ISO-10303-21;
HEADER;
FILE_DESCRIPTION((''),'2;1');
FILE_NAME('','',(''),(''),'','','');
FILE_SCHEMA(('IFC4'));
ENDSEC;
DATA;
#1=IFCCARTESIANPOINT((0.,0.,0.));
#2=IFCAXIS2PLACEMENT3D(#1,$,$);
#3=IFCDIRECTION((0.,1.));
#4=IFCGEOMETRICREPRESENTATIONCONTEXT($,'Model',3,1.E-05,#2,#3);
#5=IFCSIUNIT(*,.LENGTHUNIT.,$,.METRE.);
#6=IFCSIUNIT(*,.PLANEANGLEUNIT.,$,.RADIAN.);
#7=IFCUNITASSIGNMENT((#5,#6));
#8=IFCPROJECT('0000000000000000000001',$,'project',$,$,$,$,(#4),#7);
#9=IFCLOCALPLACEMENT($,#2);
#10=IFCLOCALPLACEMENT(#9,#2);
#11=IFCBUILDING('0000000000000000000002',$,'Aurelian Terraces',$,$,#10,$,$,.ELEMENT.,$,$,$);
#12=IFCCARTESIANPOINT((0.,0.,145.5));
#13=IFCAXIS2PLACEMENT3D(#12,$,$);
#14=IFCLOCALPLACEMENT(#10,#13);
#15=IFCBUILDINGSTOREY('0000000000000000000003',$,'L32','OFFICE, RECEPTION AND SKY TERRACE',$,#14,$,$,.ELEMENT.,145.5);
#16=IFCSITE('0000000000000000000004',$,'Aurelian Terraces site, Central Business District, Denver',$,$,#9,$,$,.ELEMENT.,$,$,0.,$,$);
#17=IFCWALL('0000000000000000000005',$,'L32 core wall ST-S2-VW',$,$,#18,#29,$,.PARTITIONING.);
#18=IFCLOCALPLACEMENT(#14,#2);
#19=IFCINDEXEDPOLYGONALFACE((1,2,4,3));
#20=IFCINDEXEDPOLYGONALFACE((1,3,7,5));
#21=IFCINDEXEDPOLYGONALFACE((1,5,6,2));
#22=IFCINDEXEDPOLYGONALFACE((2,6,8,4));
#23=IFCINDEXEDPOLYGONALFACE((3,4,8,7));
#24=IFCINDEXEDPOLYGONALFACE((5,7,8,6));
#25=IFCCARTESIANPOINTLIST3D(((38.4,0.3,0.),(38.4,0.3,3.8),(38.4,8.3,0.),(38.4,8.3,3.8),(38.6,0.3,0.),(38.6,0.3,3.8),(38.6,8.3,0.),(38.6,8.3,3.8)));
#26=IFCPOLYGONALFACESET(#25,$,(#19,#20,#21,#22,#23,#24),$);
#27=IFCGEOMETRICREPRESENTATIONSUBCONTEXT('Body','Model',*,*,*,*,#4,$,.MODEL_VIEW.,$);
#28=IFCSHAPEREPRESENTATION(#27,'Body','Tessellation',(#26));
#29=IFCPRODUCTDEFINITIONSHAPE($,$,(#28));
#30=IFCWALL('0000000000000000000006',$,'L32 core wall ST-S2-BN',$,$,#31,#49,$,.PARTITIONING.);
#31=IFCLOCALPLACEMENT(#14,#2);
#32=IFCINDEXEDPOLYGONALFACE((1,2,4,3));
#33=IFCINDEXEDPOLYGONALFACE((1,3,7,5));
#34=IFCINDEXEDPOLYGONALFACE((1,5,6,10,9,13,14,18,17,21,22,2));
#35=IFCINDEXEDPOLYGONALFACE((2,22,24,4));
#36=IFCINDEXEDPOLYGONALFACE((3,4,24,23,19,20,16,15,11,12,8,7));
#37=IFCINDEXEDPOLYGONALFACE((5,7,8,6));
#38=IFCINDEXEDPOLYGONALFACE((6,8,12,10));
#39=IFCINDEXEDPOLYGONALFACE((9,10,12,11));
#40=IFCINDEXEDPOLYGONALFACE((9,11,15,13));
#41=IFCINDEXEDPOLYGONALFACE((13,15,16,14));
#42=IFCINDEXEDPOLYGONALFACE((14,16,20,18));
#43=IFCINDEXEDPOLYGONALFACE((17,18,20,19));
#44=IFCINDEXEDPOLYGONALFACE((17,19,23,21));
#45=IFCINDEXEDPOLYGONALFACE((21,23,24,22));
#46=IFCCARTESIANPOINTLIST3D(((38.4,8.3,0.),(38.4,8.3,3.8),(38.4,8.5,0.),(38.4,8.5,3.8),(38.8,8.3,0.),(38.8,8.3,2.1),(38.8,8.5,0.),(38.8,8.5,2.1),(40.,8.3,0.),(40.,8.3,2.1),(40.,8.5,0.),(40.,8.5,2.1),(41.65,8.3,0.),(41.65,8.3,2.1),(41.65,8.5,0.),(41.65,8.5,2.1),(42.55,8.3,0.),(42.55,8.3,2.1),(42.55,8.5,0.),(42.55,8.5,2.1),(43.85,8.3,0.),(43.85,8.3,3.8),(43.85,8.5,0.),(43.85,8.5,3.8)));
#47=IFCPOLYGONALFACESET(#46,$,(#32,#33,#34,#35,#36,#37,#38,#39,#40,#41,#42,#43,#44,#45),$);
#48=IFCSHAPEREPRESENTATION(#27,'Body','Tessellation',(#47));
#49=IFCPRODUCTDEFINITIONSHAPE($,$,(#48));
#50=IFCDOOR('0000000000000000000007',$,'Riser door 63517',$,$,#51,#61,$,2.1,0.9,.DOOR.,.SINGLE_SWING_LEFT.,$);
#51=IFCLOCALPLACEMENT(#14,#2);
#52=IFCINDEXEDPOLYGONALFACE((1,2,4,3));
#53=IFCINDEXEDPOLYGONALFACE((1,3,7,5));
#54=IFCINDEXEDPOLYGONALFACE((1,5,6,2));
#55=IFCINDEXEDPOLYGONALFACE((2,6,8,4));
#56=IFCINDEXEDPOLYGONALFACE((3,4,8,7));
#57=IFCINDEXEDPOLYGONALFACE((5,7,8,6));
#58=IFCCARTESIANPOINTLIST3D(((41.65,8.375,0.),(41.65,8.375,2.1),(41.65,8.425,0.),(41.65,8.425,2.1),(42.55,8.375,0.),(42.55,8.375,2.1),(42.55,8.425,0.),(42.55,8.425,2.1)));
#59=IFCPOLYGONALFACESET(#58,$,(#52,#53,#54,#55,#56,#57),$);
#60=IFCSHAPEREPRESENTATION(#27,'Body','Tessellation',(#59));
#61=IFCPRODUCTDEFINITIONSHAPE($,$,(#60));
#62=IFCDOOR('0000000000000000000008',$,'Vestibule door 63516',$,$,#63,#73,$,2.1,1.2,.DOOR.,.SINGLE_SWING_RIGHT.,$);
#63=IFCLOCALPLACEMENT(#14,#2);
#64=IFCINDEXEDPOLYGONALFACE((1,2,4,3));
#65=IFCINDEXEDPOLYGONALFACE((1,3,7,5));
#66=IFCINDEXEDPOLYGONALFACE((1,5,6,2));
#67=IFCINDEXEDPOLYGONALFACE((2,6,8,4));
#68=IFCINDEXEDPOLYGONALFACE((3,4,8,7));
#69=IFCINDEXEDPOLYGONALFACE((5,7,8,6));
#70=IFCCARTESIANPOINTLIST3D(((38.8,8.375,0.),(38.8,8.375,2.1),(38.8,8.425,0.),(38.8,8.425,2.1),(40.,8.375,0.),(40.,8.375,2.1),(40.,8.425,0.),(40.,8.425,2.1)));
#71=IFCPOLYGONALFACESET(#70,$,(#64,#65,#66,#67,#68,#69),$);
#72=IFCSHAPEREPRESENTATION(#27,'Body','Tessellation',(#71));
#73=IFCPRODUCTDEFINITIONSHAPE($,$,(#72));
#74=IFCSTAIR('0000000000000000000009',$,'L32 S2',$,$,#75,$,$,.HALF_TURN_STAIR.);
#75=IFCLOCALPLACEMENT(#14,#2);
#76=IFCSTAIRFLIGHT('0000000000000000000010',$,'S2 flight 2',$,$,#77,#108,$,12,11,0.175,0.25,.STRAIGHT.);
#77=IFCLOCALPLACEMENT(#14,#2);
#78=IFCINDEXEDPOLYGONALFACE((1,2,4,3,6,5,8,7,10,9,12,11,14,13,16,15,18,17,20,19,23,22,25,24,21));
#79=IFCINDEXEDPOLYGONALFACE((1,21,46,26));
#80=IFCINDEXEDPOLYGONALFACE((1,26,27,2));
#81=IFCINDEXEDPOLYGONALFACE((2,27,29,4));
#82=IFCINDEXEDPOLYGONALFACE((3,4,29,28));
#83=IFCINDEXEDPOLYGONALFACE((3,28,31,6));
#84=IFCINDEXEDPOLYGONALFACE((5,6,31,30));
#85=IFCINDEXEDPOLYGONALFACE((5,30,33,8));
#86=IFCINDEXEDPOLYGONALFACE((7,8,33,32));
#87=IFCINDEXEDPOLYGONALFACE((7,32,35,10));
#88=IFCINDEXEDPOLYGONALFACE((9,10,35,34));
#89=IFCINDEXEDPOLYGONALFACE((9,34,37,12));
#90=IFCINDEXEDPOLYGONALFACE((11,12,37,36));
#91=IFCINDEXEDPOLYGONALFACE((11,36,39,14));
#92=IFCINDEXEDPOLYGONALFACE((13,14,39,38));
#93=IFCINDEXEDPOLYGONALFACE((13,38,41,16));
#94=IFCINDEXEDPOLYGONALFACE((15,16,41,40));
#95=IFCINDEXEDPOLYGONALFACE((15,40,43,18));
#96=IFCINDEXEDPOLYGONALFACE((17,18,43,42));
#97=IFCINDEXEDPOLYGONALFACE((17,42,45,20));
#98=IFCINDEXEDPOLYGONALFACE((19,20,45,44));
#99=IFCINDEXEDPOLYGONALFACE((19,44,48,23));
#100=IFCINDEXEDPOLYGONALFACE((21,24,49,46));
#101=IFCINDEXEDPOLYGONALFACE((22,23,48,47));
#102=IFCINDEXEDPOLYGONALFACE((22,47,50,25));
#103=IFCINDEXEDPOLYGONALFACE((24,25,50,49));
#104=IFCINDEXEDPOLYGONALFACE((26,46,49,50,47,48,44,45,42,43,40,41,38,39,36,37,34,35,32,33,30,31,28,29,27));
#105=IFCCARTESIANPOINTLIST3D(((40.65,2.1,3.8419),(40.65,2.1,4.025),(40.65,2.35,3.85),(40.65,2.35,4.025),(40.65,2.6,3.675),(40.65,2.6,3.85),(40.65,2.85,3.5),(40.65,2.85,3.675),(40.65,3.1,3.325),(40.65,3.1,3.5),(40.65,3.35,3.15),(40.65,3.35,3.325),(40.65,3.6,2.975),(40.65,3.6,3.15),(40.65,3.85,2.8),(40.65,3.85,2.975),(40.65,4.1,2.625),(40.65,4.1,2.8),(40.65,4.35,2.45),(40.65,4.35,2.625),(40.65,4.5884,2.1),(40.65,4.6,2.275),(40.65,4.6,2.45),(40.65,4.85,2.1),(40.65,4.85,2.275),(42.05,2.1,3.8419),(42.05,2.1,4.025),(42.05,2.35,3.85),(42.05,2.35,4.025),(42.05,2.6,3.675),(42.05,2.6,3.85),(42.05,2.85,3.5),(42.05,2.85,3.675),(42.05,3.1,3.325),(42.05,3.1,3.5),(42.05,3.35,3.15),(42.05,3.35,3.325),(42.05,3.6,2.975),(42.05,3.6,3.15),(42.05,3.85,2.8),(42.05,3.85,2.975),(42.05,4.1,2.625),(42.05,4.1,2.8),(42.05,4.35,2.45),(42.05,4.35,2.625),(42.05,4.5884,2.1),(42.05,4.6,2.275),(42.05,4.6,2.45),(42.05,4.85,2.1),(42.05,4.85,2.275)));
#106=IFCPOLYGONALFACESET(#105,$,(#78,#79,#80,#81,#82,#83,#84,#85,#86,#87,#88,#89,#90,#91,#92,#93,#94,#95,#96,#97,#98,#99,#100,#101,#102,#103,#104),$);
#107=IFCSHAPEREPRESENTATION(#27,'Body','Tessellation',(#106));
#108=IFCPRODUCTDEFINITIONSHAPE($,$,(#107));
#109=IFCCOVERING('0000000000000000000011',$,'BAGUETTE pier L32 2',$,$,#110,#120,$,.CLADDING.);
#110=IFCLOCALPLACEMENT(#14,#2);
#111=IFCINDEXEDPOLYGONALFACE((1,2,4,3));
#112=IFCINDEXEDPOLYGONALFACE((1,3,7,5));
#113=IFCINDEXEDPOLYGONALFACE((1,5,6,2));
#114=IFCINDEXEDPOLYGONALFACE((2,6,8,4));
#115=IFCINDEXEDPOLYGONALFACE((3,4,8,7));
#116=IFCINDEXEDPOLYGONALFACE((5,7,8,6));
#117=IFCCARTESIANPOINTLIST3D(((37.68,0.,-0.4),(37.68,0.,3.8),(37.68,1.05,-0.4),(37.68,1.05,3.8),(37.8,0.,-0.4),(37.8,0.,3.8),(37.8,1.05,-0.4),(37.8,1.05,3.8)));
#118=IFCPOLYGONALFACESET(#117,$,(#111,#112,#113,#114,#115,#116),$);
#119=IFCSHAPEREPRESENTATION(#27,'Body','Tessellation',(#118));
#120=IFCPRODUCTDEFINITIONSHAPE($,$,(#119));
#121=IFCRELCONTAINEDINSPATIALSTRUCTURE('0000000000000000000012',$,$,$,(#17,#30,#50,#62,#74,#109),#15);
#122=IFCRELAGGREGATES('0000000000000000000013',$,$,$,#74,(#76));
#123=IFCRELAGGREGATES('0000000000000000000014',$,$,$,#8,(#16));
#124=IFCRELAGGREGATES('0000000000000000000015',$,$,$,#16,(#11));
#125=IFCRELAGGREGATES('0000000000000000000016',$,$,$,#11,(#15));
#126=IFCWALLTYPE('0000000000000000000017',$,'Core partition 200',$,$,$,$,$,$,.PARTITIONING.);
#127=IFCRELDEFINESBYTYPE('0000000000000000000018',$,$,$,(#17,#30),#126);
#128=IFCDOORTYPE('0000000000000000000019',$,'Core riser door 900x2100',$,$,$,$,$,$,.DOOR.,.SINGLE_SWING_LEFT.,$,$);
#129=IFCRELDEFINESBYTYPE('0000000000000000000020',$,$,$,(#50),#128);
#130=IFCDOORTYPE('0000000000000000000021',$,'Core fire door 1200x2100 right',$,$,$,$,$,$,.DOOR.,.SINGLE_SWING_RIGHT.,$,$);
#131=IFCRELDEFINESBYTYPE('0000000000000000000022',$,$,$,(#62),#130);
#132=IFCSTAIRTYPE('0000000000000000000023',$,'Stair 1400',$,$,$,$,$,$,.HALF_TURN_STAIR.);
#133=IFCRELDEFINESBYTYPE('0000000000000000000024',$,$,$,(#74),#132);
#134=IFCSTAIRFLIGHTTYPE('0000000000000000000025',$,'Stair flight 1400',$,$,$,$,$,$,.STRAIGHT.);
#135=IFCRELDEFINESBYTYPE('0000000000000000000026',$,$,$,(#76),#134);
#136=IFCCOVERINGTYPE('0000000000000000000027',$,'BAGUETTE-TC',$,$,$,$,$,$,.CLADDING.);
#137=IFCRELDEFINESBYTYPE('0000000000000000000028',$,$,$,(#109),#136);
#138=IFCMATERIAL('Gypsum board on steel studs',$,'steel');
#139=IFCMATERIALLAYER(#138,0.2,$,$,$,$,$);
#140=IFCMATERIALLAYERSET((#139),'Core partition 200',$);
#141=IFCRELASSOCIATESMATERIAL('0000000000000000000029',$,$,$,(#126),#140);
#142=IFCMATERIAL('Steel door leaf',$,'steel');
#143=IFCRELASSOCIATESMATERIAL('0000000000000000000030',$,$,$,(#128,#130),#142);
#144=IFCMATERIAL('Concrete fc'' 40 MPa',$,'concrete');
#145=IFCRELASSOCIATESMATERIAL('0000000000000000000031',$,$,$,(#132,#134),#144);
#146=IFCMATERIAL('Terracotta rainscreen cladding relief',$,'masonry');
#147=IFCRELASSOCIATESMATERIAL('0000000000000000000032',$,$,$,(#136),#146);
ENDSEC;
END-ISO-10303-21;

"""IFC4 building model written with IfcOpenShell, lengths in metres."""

from ifc_helpers import new_model, si_unit, direction, frame, frame_2d, origin, origin_2d, place, context, subcontext, project, spatial, polyline, rectangle, outline, extrude, source, transform, mapped, material, layer, layer_set, type_object, element, fill, aggregate, save


model = new_model("IFC4")

# Units and contexts
model_context = context("Model", 3, precision=1e-05, world=origin(), true_north=direction((0.0, 1.0)))
body_context = subcontext(model_context, "Body", "Model", "MODEL_VIEW")
ifc_project = project(units=[si_unit("LENGTHUNIT", "METRE"), si_unit("PLANEANGLEUNIT", "RADIAN")], contexts=[model_context])

# Site, building, storey
site_placement = place(None, origin())
site = spatial("IfcSite", under=ifc_project, at=site_placement, Name="Aurelian Terraces site, Central Business District, Denver", CompositionType="ELEMENT", RefElevation=0.0)
building_placement = place(site_placement, origin())
building = spatial("IfcBuilding", under=site, at=building_placement, Name="Aurelian Terraces", CompositionType="ELEMENT")
storey_placement = place(building_placement, frame((0.0, 0.0, 145.5)))
storey = spatial("IfcBuildingStorey", under=building, at=storey_placement, Name="L32", Description="OFFICE, RECEPTION AND SKY TERRACE", CompositionType="ELEMENT", Elevation=145.5)

# Shared definitions
ifc_material_1 = material(Name="Concrete fc' 40 MPa", Category="concrete")

# Shared definitions
ifc_material_2 = material(Name="Steel door leaf", Category="steel")

# Wall
ifc_material_3 = material(Name="Gypsum board on steel studs", Category="steel")
ifc_layer_1 = layer(ifc_material_3, 0.2)
ifc_layer_set_1 = layer_set([ifc_layer_1], Name="Core partition 200")
wall_type_1 = type_object("IfcWallType", Name="Core partition 200", PredefinedType="PARTITIONING", material=ifc_layer_set_1)
shared_shape_1 = source(origin(), body_context, "Body", "SweptSolid", [
    extrude(rectangle(XDim=8.0, YDim=0.2, at=frame_2d((4.0, 0.0))), origin(), (0.0, 0.0, 1.0), 3.8),
])
wall_1_placement = place(storey_placement, frame((38.5, 0.3, 0.0), z_axis=(0.0, 0.0, 1.0), x_axis=(0.0, 1.0, 0.0)))
element("IfcWall", 1, at=wall_1_placement, inside=storey, type_object=wall_type_1, Name="L32 core wall ST-S2-VW", PredefinedType="PARTITIONING", context=body_context, shape_type="MappedRepresentation", body=[
    mapped(shared_shape_1, transform((0.0, 0.0, 0.0), scale=1.0)),
])

# Wall, openings, doors
shared_shape_2 = source(origin(), body_context, "Body", "SweptSolid", [
    extrude(rectangle(XDim=5.45, YDim=0.2, at=frame_2d((2.725, 0.0))), origin(), (0.0, 0.0, 1.0), 3.8),
])
wall_2_placement = place(storey_placement, frame((38.4, 8.4, 0.0), z_axis=(0.0, 0.0, 1.0), x_axis=(1.0, 0.0, 0.0)))
wall_2 = element("IfcWall", 2, at=wall_2_placement, inside=storey, type_object=wall_type_1, Name="L32 core wall ST-S2-BN", PredefinedType="PARTITIONING", context=body_context, shape_type="MappedRepresentation", body=[
    mapped(shared_shape_2, transform((0.0, 0.0, 0.0), scale=1.0)),
])
shared_shape_3 = source(origin(), body_context, "Body", "SweptSolid", [
    extrude(rectangle(XDim=1.2, YDim=2.1, at=frame_2d((0.6, 1.05))), frame((0.0, 0.11, 0.0), z_axis=(0.0, -1.0, 0.0), x_axis=(1.0, 0.0, 0.0)), (0.0, 0.0, 1.0), 0.22),
])
opening_1_placement = place(wall_2_placement, frame((0.4, 0.0, 0.0)))
opening_1 = element("IfcOpeningElement", 3, at=opening_1_placement, cuts=wall_2, PredefinedType="OPENING", context=body_context, shape_type="MappedRepresentation", body=[
    mapped(shared_shape_3, transform((0.0, 0.0, 0.0), scale=1.0)),
])
shared_shape_4 = source(origin(), body_context, "Body", "SweptSolid", [
    extrude(rectangle(XDim=0.9, YDim=2.1, at=frame_2d((0.45, 1.05))), frame((0.0, 0.11, 0.0), z_axis=(0.0, -1.0, 0.0), x_axis=(1.0, 0.0, 0.0)), (0.0, 0.0, 1.0), 0.22),
])
opening_2_placement = place(wall_2_placement, frame((3.25, 0.0, 0.0)))
opening_2 = element("IfcOpeningElement", 4, at=opening_2_placement, cuts=wall_2, PredefinedType="OPENING", context=body_context, shape_type="MappedRepresentation", body=[
    mapped(shared_shape_4, transform((0.0, 0.0, 0.0), scale=1.0)),
])
door_type_1 = type_object("IfcDoorType", Name="Core riser door 900x2100", OperationType="SINGLE_SWING_LEFT", PredefinedType="DOOR", material=ifc_material_2)
shared_shape_5 = source(origin(), body_context, "Body", "SweptSolid", [
    extrude(rectangle(XDim=0.9, YDim=2.1, at=frame_2d((0.45, 1.05))), frame((0.0, 0.025, 0.0), z_axis=(0.0, -1.0, 0.0), x_axis=(1.0, 0.0, 0.0)), (0.0, 0.0, 1.0), 0.05),
])
door_1_placement = place(opening_2_placement, origin())
door_1 = element("IfcDoor", 5, at=door_1_placement, inside=storey, type_object=door_type_1, Name="Riser door 63517", OperationType="SINGLE_SWING_LEFT", OverallHeight=2.1, OverallWidth=0.9, PredefinedType="DOOR", context=body_context, shape_type="MappedRepresentation", body=[
    mapped(shared_shape_5, transform((0.0, 0.0, 0.0), scale=1.0)),
])
fill(opening_2, door_1)
door_type_2 = type_object("IfcDoorType", Name="Core fire door 1200x2100 right", OperationType="SINGLE_SWING_RIGHT", PredefinedType="DOOR", material=ifc_material_2)
shared_shape_6 = source(origin(), body_context, "Body", "SweptSolid", [
    extrude(rectangle(XDim=1.2, YDim=2.1, at=frame_2d((0.6, 1.05))), frame((0.0, 0.025, 0.0), z_axis=(0.0, -1.0, 0.0), x_axis=(1.0, 0.0, 0.0)), (0.0, 0.0, 1.0), 0.05),
])
door_2_placement = place(opening_1_placement, origin())
door_2 = element("IfcDoor", 6, at=door_2_placement, inside=storey, type_object=door_type_2, Name="Vestibule door 63516", OperationType="SINGLE_SWING_RIGHT", OverallHeight=2.1, OverallWidth=1.2, PredefinedType="DOOR", context=body_context, shape_type="MappedRepresentation", body=[
    mapped(shared_shape_6, transform((0.0, 0.0, 0.0), scale=1.0)),
])
fill(opening_1, door_2)

# Stair, stair flight
stair_type = type_object("IfcStairType", Name="Stair 1400", PredefinedType="HALF_TURN_STAIR", material=ifc_material_1)
stair_placement = place(storey_placement, origin())
stair = element("IfcStair", 7, at=stair_placement, inside=storey, type_object=stair_type, Name="L32 S2", PredefinedType="HALF_TURN_STAIR")
stair_flight_type = type_object("IfcStairFlightType", Name="Stair flight 1400", PredefinedType="STRAIGHT", material=ifc_material_1)
shared_shape_7 = source(origin(), body_context, "Body", "SweptSolid", [
    extrude(outline(polyline([(0.0, 0.0), (0.0, 0.175), (0.25, 0.175), (0.25, 0.35), (0.5, 0.35), (0.5, 0.525), (0.75, 0.525), (0.75, 0.7), (1.0, 0.7), (1.0, 0.875), (1.25, 0.875), (1.25, 1.05), (1.5, 1.05), (1.5, 1.225), (1.75, 1.225), (1.75, 1.4), (2.0, 1.4), (2.0, 1.575), (2.25, 1.575), (2.25, 1.75), (2.5, 1.75), (2.5, 1.925), (2.75, 1.925), (2.75, 2.1), (2.75, 1.7419), (0.2616, 0.0), (0.0, 0.0)])), frame((0.0, 0.7, 0.0), z_axis=(0.0, -1.0, 0.0), x_axis=(1.0, 0.0, 0.0)), (0.0, 0.0, 1.0), 1.4),
])
stair_flight_placement = place(storey_placement, frame((41.35, 4.85, 2.1), z_axis=(0.0, 0.0, 1.0), x_axis=(0.0, -1.0, 0.0)))
stair_flight = element("IfcStairFlight", 8, at=stair_flight_placement, type_object=stair_flight_type, Name="S2 flight 2", NumberOfRisers=12, NumberOfTreads=11, PredefinedType="STRAIGHT", RiserHeight=0.175, TreadLength=0.25, context=body_context, shape_type="MappedRepresentation", body=[
    mapped(shared_shape_7, transform((0.0, 0.0, 0.0), scale=1.0)),
])
aggregate(stair, [stair_flight])

# Covering
ifc_material_4 = material(Name="Terracotta rainscreen cladding relief", Category="masonry")
covering_type = type_object("IfcCoveringType", Name="BAGUETTE-TC", PredefinedType="CLADDING", material=ifc_material_4)
shared_shape_8 = source(origin(), body_context, "Body", "SweptSolid", [
    extrude(rectangle(XDim=0.12, YDim=1.05, at=origin_2d()), origin(), (0.0, 0.0, 1.0), 4.2),
])
covering_placement = place(storey_placement, frame((37.74, 0.525, -0.4), z_axis=(0.0, 0.0, 1.0), x_axis=(1.0, 0.0, 0.0)))
element("IfcCovering", 9, at=covering_placement, inside=storey, type_object=covering_type, Name="BAGUETTE pier L32 2", PredefinedType="CLADDING", context=body_context, shape_type="MappedRepresentation", body=[
    mapped(shared_shape_8, transform((0.0, 0.0, 0.0), scale=1.0)),
])

save(model, "model.ifc")
